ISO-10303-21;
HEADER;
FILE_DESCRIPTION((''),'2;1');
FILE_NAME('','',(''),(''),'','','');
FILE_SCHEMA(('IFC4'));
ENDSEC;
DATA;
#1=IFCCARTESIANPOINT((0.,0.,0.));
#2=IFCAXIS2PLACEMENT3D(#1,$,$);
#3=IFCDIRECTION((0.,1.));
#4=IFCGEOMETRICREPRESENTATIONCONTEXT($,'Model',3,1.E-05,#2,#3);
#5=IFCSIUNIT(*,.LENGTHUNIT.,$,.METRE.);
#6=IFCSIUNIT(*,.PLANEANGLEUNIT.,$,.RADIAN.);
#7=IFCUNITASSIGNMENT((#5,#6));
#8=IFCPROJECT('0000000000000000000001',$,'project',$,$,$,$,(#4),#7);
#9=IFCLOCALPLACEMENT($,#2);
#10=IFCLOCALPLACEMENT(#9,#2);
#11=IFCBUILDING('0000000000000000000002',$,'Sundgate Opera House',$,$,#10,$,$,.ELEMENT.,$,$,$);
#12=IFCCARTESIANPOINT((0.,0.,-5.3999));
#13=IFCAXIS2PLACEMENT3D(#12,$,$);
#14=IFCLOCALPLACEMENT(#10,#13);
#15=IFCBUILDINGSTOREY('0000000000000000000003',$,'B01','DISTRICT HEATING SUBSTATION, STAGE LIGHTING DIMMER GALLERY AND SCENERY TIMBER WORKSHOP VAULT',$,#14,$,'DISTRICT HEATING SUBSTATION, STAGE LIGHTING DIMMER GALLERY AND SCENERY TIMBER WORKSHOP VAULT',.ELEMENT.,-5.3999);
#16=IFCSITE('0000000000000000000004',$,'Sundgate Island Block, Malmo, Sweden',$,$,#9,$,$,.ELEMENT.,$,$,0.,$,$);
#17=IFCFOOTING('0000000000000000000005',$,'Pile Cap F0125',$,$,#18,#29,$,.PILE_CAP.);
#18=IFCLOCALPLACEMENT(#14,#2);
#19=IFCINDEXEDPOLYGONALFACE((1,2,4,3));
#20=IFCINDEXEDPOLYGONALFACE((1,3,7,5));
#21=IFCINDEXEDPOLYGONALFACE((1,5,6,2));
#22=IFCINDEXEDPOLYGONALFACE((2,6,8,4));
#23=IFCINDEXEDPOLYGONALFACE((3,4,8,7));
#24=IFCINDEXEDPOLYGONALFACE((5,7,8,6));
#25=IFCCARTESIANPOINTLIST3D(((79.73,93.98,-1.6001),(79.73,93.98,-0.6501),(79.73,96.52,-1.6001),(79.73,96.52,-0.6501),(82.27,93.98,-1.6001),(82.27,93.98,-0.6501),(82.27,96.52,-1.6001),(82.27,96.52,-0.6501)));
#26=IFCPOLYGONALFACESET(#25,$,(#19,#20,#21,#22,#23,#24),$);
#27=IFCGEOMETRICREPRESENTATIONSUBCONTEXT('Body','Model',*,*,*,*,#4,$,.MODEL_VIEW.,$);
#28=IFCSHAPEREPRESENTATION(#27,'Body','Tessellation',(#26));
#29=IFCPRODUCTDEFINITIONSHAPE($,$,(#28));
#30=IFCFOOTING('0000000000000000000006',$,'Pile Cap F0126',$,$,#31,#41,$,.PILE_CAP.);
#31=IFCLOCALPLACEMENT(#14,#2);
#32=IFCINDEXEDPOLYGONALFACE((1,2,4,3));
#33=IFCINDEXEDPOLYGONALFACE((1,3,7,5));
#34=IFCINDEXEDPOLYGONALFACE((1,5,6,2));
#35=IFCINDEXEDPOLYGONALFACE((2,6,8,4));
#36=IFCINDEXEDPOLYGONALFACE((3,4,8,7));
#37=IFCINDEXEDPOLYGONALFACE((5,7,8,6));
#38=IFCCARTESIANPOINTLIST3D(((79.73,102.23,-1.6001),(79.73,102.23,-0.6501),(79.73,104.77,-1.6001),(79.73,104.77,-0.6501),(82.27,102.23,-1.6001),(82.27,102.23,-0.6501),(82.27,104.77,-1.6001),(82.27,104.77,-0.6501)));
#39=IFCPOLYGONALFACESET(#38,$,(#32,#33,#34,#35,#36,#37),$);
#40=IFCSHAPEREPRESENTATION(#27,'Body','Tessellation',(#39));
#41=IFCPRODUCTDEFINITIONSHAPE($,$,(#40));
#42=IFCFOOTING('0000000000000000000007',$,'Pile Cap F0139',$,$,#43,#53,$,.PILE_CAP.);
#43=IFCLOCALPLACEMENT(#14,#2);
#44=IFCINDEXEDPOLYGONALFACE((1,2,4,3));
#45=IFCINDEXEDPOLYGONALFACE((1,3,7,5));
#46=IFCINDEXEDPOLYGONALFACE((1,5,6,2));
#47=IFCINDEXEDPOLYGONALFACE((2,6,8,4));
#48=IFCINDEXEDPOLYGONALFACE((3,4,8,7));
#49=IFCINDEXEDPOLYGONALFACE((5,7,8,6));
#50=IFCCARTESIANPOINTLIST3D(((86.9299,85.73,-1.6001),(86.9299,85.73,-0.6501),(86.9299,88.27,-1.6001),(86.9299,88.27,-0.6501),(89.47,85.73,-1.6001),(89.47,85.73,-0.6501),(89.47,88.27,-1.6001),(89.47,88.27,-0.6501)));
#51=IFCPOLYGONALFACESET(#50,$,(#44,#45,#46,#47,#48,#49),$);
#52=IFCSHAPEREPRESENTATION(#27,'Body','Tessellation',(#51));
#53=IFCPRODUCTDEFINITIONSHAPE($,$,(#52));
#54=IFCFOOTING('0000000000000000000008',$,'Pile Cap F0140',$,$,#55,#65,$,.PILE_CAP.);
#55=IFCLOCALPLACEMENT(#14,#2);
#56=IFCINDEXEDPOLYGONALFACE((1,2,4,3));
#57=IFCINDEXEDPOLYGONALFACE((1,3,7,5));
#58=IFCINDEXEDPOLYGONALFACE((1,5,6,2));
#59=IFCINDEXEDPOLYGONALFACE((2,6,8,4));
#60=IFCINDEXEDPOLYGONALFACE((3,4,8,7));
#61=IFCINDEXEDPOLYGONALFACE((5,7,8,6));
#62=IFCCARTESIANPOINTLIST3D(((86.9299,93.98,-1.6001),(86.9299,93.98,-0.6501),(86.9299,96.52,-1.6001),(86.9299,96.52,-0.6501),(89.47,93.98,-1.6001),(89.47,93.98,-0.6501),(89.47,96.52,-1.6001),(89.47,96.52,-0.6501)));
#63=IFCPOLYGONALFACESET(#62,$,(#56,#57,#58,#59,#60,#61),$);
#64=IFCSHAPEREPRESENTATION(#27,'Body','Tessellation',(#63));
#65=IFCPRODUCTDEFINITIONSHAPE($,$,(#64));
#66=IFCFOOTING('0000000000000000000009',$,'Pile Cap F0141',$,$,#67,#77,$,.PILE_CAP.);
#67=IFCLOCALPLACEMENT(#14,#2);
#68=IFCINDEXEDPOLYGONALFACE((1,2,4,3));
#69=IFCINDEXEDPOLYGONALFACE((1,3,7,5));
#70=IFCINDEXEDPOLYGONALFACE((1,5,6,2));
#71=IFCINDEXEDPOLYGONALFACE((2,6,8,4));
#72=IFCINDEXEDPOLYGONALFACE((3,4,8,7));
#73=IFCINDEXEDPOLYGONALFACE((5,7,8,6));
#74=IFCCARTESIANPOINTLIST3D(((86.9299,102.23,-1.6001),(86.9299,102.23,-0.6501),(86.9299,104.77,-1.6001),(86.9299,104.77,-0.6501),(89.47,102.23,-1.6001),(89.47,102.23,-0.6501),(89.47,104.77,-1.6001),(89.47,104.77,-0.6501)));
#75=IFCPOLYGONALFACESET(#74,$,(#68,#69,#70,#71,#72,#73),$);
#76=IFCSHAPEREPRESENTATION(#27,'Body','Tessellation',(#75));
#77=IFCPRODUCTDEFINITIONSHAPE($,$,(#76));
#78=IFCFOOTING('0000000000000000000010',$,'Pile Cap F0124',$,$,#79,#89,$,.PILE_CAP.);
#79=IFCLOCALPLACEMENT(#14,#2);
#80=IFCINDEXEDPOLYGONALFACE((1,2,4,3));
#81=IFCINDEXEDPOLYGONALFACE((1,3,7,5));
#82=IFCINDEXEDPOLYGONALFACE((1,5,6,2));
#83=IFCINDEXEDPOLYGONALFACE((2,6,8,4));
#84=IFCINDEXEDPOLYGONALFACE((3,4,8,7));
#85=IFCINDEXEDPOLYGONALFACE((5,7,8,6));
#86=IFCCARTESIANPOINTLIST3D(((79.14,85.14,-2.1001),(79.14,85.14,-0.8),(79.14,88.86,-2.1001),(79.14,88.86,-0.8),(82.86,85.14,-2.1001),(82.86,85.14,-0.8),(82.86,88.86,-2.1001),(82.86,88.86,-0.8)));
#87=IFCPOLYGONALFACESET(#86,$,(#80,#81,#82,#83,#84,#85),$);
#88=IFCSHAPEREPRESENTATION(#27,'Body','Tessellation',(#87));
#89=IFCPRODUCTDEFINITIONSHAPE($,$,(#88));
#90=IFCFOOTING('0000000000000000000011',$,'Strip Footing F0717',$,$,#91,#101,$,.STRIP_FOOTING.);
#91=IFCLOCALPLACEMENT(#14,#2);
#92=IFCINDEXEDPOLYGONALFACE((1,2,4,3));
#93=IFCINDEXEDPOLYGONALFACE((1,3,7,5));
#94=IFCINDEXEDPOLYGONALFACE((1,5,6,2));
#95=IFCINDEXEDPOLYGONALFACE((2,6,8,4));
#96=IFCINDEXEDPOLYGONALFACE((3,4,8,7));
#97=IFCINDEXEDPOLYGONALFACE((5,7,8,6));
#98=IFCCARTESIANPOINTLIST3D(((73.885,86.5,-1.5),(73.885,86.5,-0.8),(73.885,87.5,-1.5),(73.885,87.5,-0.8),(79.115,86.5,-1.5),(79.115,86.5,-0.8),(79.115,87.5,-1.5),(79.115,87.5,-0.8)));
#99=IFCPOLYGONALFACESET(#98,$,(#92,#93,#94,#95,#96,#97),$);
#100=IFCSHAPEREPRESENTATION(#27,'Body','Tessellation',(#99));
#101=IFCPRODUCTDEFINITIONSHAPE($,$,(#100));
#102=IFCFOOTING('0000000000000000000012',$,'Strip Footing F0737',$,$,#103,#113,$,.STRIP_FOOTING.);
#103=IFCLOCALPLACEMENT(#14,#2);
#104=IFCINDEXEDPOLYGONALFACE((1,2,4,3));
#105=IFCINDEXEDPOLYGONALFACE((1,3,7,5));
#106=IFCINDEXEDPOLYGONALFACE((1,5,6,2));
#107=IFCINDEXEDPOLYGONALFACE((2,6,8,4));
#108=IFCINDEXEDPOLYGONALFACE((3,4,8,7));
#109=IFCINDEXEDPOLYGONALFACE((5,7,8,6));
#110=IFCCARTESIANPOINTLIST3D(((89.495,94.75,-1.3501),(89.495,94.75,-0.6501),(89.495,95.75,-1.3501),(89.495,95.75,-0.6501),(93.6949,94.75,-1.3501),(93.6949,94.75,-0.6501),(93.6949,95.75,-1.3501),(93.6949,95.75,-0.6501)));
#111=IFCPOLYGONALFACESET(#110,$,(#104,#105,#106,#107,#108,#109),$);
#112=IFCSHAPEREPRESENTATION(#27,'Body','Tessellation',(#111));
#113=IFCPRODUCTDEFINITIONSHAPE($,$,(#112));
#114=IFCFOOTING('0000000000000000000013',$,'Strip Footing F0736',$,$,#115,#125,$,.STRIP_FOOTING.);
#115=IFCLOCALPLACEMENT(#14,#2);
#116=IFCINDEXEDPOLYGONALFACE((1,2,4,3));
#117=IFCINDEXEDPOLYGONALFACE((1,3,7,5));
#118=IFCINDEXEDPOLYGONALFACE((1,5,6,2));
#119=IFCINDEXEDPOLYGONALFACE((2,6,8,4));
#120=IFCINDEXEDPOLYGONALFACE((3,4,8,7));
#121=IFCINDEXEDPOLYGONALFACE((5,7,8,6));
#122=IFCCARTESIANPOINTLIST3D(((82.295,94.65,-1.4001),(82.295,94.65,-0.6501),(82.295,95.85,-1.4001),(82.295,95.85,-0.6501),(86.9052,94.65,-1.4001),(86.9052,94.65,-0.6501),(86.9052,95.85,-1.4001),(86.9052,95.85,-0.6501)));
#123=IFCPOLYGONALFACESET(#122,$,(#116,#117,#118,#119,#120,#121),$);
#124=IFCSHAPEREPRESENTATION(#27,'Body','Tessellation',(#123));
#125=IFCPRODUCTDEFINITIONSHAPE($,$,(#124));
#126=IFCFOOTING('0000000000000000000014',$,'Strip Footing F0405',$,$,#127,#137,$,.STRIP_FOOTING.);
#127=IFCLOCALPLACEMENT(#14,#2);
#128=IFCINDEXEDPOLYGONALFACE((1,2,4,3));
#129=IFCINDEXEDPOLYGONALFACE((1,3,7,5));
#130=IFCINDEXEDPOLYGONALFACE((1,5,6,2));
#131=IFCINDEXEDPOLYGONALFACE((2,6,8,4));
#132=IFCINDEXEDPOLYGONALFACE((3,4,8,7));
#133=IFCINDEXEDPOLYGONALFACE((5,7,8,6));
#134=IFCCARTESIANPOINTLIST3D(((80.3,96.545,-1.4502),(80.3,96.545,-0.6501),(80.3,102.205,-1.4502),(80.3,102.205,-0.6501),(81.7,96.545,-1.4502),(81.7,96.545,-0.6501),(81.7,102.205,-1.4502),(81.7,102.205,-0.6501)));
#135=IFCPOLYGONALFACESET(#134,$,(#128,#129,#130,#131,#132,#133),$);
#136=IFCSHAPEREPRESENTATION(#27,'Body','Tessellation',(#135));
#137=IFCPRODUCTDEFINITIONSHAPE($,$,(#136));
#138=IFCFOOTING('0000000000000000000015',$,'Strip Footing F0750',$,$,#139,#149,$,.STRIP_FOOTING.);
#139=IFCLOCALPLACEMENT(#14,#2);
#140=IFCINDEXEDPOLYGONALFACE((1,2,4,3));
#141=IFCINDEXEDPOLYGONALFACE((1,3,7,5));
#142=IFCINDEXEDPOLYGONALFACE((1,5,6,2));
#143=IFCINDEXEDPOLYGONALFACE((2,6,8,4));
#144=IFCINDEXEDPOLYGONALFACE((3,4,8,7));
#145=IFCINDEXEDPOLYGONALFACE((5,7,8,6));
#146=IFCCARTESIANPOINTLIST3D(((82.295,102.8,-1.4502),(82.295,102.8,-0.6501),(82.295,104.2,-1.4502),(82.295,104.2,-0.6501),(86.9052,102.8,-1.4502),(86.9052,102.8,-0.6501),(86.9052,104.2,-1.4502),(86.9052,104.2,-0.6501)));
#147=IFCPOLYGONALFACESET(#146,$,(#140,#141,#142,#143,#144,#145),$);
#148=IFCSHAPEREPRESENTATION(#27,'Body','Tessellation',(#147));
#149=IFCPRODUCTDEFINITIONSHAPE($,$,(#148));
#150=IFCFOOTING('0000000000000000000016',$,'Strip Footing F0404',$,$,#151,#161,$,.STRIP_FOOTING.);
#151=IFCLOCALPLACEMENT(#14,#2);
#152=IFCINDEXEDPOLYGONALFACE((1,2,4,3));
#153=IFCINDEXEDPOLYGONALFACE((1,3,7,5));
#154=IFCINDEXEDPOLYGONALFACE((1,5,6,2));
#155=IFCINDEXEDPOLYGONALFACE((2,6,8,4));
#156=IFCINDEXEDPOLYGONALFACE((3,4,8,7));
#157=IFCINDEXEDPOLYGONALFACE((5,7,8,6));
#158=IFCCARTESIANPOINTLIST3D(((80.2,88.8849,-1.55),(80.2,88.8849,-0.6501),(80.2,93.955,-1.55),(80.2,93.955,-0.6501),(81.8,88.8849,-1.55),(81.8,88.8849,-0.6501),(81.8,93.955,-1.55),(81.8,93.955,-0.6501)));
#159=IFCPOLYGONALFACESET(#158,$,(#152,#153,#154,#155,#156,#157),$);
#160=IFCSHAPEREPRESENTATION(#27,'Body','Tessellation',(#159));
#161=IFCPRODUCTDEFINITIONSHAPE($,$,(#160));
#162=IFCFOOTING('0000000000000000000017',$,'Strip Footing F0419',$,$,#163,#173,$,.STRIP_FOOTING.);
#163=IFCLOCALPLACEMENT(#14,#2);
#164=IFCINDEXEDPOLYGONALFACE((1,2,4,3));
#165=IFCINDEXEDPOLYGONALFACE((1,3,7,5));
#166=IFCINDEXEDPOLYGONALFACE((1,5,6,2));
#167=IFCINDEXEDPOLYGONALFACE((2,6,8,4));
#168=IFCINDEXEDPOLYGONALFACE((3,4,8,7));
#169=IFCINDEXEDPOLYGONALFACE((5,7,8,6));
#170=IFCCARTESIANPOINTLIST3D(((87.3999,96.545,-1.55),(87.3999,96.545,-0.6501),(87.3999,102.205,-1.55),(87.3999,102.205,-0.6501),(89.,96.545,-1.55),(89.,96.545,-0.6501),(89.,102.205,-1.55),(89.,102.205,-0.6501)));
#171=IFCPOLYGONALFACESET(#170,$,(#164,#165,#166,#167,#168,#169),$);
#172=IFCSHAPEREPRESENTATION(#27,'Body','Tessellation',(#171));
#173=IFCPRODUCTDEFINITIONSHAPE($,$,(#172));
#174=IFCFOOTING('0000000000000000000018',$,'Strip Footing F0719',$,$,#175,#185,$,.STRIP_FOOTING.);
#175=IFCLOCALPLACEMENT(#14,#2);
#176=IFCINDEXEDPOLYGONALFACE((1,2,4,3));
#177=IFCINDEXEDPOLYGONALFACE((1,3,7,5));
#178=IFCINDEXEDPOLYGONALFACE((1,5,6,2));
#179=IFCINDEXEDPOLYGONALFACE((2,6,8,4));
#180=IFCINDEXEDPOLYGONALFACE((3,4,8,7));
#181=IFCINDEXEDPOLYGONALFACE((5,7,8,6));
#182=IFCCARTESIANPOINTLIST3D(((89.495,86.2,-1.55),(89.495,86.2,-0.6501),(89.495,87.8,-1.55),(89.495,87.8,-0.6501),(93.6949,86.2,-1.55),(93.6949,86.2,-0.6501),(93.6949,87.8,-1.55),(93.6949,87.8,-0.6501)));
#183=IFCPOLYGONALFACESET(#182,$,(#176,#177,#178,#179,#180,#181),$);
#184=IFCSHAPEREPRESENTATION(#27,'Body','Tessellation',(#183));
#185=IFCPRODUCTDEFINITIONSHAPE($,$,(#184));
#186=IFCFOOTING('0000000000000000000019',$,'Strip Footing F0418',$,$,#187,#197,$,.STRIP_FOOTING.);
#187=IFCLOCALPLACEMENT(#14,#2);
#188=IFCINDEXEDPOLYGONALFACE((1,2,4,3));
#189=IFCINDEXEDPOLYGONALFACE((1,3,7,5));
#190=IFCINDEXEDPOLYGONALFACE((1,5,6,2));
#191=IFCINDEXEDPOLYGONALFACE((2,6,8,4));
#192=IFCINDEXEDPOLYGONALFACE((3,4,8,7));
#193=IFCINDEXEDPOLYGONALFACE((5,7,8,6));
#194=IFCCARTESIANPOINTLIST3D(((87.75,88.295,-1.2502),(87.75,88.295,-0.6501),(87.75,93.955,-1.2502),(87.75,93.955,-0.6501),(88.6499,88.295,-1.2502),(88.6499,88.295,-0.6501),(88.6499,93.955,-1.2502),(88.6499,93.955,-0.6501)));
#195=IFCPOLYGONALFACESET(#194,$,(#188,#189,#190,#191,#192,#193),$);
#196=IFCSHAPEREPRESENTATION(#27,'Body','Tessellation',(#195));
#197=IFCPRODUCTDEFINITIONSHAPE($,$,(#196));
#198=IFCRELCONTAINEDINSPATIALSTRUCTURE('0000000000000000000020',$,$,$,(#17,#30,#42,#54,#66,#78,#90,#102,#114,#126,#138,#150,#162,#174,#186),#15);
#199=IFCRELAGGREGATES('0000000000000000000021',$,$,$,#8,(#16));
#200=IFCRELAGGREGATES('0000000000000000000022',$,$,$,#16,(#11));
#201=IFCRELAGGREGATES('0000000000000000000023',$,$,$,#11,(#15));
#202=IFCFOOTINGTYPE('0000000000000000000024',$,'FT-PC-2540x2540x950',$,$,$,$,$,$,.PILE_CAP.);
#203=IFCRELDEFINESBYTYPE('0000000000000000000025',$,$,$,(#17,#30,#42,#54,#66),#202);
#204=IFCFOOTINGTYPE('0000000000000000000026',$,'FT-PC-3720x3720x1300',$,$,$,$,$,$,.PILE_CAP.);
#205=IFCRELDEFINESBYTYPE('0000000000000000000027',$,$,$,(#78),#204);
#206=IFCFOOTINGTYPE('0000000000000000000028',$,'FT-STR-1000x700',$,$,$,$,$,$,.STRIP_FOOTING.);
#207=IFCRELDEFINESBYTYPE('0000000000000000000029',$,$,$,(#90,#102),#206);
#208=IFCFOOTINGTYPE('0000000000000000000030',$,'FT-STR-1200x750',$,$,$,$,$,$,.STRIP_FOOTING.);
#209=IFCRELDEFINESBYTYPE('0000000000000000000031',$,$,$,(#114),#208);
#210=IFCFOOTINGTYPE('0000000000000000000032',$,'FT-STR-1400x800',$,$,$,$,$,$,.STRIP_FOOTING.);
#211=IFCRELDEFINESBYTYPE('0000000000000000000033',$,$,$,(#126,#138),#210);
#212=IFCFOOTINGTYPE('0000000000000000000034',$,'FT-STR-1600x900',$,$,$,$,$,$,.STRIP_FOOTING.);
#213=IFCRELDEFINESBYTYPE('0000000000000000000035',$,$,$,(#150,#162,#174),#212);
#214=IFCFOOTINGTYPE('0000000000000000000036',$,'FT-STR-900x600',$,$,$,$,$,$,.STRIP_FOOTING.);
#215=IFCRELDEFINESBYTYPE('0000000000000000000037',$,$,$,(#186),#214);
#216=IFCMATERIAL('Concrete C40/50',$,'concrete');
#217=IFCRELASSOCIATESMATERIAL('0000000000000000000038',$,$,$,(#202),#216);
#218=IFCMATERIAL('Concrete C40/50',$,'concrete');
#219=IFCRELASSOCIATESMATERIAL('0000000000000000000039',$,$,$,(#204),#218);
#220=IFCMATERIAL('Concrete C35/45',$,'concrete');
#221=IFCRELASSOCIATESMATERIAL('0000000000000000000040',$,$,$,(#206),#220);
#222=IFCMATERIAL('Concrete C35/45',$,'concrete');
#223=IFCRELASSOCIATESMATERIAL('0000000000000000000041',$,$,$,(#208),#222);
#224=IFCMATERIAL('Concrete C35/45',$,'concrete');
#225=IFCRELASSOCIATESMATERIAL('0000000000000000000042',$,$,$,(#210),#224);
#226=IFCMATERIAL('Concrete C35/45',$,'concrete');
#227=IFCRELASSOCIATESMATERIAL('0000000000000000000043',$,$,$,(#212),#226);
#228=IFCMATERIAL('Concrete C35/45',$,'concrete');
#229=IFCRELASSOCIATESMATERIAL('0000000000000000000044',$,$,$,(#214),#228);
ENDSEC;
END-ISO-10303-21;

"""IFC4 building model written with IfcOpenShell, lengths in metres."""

from ifc_helpers import new_model, si_unit, direction, frame, origin, origin_2d, place, context, subcontext, project, spatial, rectangle, extrude, material, type_object, element, save


model = new_model("IFC4")

# Units and contexts
model_context = context("Model", 3, precision=1e-05, world=origin(), true_north=direction((0.0, 1.0)))
body_context = subcontext(model_context, "Body", "Model", "MODEL_VIEW")
ifc_project = project(units=[si_unit("LENGTHUNIT", "METRE"), si_unit("PLANEANGLEUNIT", "RADIAN")], contexts=[model_context])

# Site, building, storey
site_placement = place(None, origin())
site = spatial("IfcSite", under=ifc_project, at=site_placement, Name="Sundgate Island Block, Malmo, Sweden", CompositionType="ELEMENT", RefElevation=0.0)
building_placement = place(site_placement, origin())
building = spatial("IfcBuilding", under=site, at=building_placement, Name="Sundgate Opera House", CompositionType="ELEMENT")
storey_placement = place(building_placement, frame((0.0, 0.0, -5.3999)))
storey = spatial("IfcBuildingStorey", under=building, at=storey_placement, Name="B01", Description="DISTRICT HEATING SUBSTATION, STAGE LIGHTING DIMMER GALLERY AND SCENERY TIMBER WORKSHOP VAULT", LongName="DISTRICT HEATING SUBSTATION, STAGE LIGHTING DIMMER GALLERY AND SCENERY TIMBER WORKSHOP VAULT", CompositionType="ELEMENT", Elevation=-5.3999)

# Footings
ifc_material_1 = material(Name="Concrete C40/50", Category="concrete")
footing_type_1 = type_object("IfcFootingType", Name="FT-PC-2540x2540x950", PredefinedType="PILE_CAP", material=ifc_material_1)
for number, where, z_axis, x_axis, name in (
    (1, (81.0, 95.25, -1.6001), (0.0, 0.0, 1.0), (1.0, 0.0, 0.0), "Pile Cap F0125"),
    (2, (81.0, 103.5, -1.6001), (0.0, 0.0, 1.0), (1.0, 0.0, 0.0), "Pile Cap F0126"),
    (3, (88.2, 87.0, -1.6001), (0.0, 0.0, 1.0), (1.0, 0.0, 0.0), "Pile Cap F0139"),
    (4, (88.2, 95.25, -1.6001), (0.0, 0.0, 1.0), (1.0, 0.0, 0.0), "Pile Cap F0140"),
    (5, (88.2, 103.5, -1.6001), (0.0, 0.0, 1.0), (1.0, 0.0, 0.0), "Pile Cap F0141"),
):
    element("IfcFooting", number, at=place(storey_placement, frame(where, z_axis=z_axis, x_axis=x_axis)), inside=storey, type_object=footing_type_1, Name=name, PredefinedType="PILE_CAP", context=body_context, shape_type="SweptSolid", body=[
        extrude(rectangle(XDim=2.54, YDim=2.54, at=origin_2d()), origin(), (0.0, 0.0, 1.0), 0.95),
    ])
ifc_material_2 = material(Name="Concrete C40/50", Category="concrete")
footing_type_2 = type_object("IfcFootingType", Name="FT-PC-3720x3720x1300", PredefinedType="PILE_CAP", material=ifc_material_2)
footing_1_placement = place(storey_placement, frame((81.0, 87.0, -2.1001), z_axis=(0.0, 0.0, 1.0), x_axis=(1.0, 0.0, 0.0)))
element("IfcFooting", 6, at=footing_1_placement, inside=storey, type_object=footing_type_2, Name="Pile Cap F0124", PredefinedType="PILE_CAP", context=body_context, shape_type="SweptSolid", body=[
    extrude(rectangle(XDim=3.72, YDim=3.72, at=origin_2d()), origin(), (0.0, 0.0, 1.0), 1.3),
])
ifc_material_3 = material(Name="Concrete C35/45", Category="concrete")
footing_type_3 = type_object("IfcFootingType", Name="FT-STR-1000x700", PredefinedType="STRIP_FOOTING", material=ifc_material_3)
footing_2_placement = place(storey_placement, frame((76.5, 87.0, -1.5), z_axis=(0.0, 0.0, 1.0), x_axis=(1.0, 0.0, 0.0)))
element("IfcFooting", 7, at=footing_2_placement, inside=storey, type_object=footing_type_3, Name="Strip Footing F0717", PredefinedType="STRIP_FOOTING", context=body_context, shape_type="SweptSolid", body=[
    extrude(rectangle(XDim=5.23, YDim=1.0, at=origin_2d()), origin(), (0.0, 0.0, 1.0), 0.7),
])
footing_3_placement = place(storey_placement, frame((91.595, 95.25, -1.3501), z_axis=(0.0, 0.0, 1.0), x_axis=(1.0, 0.0, 0.0)))
element("IfcFooting", 8, at=footing_3_placement, inside=storey, type_object=footing_type_3, Name="Strip Footing F0737", PredefinedType="STRIP_FOOTING", context=body_context, shape_type="SweptSolid", body=[
    extrude(rectangle(XDim=4.2, YDim=1.0, at=origin_2d()), origin(), (0.0, 0.0, 1.0), 0.7),
])
ifc_material_4 = material(Name="Concrete C35/45", Category="concrete")
footing_type_4 = type_object("IfcFootingType", Name="FT-STR-1200x750", PredefinedType="STRIP_FOOTING", material=ifc_material_4)
footing_4_placement = place(storey_placement, frame((84.6001, 95.25, -1.4001), z_axis=(0.0, 0.0, 1.0), x_axis=(1.0, 0.0, 0.0)))
element("IfcFooting", 9, at=footing_4_placement, inside=storey, type_object=footing_type_4, Name="Strip Footing F0736", PredefinedType="STRIP_FOOTING", context=body_context, shape_type="SweptSolid", body=[
    extrude(rectangle(XDim=4.6101, YDim=1.2, at=origin_2d()), origin(), (0.0, 0.0, 1.0), 0.75),
])
ifc_material_5 = material(Name="Concrete C35/45", Category="concrete")
footing_type_5 = type_object("IfcFootingType", Name="FT-STR-1400x800", PredefinedType="STRIP_FOOTING", material=ifc_material_5)
footing_5_placement = place(storey_placement, frame((81.0, 99.375, -1.4502), z_axis=(0.0, 0.0, 1.0), x_axis=(1.0, 0.0, 0.0)))
element("IfcFooting", 10, at=footing_5_placement, inside=storey, type_object=footing_type_5, Name="Strip Footing F0405", PredefinedType="STRIP_FOOTING", context=body_context, shape_type="SweptSolid", body=[
    extrude(rectangle(XDim=1.3999, YDim=5.6599, at=origin_2d()), origin(), (0.0, 0.0, 1.0), 0.8),
])
footing_6_placement = place(storey_placement, frame((84.6001, 103.5, -1.4502), z_axis=(0.0, 0.0, 1.0), x_axis=(1.0, 0.0, 0.0)))
element("IfcFooting", 11, at=footing_6_placement, inside=storey, type_object=footing_type_5, Name="Strip Footing F0750", PredefinedType="STRIP_FOOTING", context=body_context, shape_type="SweptSolid", body=[
    extrude(rectangle(XDim=4.6101, YDim=1.3999, at=origin_2d()), origin(), (0.0, 0.0, 1.0), 0.8),
])
ifc_material_6 = material(Name="Concrete C35/45", Category="concrete")
footing_type_6 = type_object("IfcFootingType", Name="FT-STR-1600x900", PredefinedType="STRIP_FOOTING", material=ifc_material_6)
footing_7_placement = place(storey_placement, frame((81.0, 91.4199, -1.55), z_axis=(0.0, 0.0, 1.0), x_axis=(1.0, 0.0, 0.0)))
element("IfcFooting", 12, at=footing_7_placement, inside=storey, type_object=footing_type_6, Name="Strip Footing F0404", PredefinedType="STRIP_FOOTING", context=body_context, shape_type="SweptSolid", body=[
    extrude(rectangle(XDim=1.6001, YDim=5.0701, at=origin_2d()), origin(), (0.0, 0.0, 1.0), 0.8999),
])
footing_8_placement = place(storey_placement, frame((88.2, 99.375, -1.55), z_axis=(0.0, 0.0, 1.0), x_axis=(1.0, 0.0, 0.0)))
element("IfcFooting", 13, at=footing_8_placement, inside=storey, type_object=footing_type_6, Name="Strip Footing F0419", PredefinedType="STRIP_FOOTING", context=body_context, shape_type="SweptSolid", body=[
    extrude(rectangle(XDim=1.6001, YDim=5.6599, at=origin_2d()), origin(), (0.0, 0.0, 1.0), 0.8999),
])
footing_9_placement = place(storey_placement, frame((91.595, 87.0, -1.55), z_axis=(0.0, 0.0, 1.0), x_axis=(1.0, 0.0, 0.0)))
element("IfcFooting", 14, at=footing_9_placement, inside=storey, type_object=footing_type_6, Name="Strip Footing F0719", PredefinedType="STRIP_FOOTING", context=body_context, shape_type="SweptSolid", body=[
    extrude(rectangle(XDim=4.2, YDim=1.6001, at=origin_2d()), origin(), (0.0, 0.0, 1.0), 0.8999),
])
ifc_material_7 = material(Name="Concrete C35/45", Category="concrete")
footing_type_7 = type_object("IfcFootingType", Name="FT-STR-900x600", PredefinedType="STRIP_FOOTING", material=ifc_material_7)
footing_10_placement = place(storey_placement, frame((88.2, 91.125, -1.2502), z_axis=(0.0, 0.0, 1.0), x_axis=(1.0, 0.0, 0.0)))
element("IfcFooting", 15, at=footing_10_placement, inside=storey, type_object=footing_type_7, Name="Strip Footing F0418", PredefinedType="STRIP_FOOTING", context=body_context, shape_type="SweptSolid", body=[
    extrude(rectangle(XDim=0.8999, YDim=5.6599, at=origin_2d()), origin(), (0.0, 0.0, 1.0), 0.6001),
])

save(model, "model.ifc")
